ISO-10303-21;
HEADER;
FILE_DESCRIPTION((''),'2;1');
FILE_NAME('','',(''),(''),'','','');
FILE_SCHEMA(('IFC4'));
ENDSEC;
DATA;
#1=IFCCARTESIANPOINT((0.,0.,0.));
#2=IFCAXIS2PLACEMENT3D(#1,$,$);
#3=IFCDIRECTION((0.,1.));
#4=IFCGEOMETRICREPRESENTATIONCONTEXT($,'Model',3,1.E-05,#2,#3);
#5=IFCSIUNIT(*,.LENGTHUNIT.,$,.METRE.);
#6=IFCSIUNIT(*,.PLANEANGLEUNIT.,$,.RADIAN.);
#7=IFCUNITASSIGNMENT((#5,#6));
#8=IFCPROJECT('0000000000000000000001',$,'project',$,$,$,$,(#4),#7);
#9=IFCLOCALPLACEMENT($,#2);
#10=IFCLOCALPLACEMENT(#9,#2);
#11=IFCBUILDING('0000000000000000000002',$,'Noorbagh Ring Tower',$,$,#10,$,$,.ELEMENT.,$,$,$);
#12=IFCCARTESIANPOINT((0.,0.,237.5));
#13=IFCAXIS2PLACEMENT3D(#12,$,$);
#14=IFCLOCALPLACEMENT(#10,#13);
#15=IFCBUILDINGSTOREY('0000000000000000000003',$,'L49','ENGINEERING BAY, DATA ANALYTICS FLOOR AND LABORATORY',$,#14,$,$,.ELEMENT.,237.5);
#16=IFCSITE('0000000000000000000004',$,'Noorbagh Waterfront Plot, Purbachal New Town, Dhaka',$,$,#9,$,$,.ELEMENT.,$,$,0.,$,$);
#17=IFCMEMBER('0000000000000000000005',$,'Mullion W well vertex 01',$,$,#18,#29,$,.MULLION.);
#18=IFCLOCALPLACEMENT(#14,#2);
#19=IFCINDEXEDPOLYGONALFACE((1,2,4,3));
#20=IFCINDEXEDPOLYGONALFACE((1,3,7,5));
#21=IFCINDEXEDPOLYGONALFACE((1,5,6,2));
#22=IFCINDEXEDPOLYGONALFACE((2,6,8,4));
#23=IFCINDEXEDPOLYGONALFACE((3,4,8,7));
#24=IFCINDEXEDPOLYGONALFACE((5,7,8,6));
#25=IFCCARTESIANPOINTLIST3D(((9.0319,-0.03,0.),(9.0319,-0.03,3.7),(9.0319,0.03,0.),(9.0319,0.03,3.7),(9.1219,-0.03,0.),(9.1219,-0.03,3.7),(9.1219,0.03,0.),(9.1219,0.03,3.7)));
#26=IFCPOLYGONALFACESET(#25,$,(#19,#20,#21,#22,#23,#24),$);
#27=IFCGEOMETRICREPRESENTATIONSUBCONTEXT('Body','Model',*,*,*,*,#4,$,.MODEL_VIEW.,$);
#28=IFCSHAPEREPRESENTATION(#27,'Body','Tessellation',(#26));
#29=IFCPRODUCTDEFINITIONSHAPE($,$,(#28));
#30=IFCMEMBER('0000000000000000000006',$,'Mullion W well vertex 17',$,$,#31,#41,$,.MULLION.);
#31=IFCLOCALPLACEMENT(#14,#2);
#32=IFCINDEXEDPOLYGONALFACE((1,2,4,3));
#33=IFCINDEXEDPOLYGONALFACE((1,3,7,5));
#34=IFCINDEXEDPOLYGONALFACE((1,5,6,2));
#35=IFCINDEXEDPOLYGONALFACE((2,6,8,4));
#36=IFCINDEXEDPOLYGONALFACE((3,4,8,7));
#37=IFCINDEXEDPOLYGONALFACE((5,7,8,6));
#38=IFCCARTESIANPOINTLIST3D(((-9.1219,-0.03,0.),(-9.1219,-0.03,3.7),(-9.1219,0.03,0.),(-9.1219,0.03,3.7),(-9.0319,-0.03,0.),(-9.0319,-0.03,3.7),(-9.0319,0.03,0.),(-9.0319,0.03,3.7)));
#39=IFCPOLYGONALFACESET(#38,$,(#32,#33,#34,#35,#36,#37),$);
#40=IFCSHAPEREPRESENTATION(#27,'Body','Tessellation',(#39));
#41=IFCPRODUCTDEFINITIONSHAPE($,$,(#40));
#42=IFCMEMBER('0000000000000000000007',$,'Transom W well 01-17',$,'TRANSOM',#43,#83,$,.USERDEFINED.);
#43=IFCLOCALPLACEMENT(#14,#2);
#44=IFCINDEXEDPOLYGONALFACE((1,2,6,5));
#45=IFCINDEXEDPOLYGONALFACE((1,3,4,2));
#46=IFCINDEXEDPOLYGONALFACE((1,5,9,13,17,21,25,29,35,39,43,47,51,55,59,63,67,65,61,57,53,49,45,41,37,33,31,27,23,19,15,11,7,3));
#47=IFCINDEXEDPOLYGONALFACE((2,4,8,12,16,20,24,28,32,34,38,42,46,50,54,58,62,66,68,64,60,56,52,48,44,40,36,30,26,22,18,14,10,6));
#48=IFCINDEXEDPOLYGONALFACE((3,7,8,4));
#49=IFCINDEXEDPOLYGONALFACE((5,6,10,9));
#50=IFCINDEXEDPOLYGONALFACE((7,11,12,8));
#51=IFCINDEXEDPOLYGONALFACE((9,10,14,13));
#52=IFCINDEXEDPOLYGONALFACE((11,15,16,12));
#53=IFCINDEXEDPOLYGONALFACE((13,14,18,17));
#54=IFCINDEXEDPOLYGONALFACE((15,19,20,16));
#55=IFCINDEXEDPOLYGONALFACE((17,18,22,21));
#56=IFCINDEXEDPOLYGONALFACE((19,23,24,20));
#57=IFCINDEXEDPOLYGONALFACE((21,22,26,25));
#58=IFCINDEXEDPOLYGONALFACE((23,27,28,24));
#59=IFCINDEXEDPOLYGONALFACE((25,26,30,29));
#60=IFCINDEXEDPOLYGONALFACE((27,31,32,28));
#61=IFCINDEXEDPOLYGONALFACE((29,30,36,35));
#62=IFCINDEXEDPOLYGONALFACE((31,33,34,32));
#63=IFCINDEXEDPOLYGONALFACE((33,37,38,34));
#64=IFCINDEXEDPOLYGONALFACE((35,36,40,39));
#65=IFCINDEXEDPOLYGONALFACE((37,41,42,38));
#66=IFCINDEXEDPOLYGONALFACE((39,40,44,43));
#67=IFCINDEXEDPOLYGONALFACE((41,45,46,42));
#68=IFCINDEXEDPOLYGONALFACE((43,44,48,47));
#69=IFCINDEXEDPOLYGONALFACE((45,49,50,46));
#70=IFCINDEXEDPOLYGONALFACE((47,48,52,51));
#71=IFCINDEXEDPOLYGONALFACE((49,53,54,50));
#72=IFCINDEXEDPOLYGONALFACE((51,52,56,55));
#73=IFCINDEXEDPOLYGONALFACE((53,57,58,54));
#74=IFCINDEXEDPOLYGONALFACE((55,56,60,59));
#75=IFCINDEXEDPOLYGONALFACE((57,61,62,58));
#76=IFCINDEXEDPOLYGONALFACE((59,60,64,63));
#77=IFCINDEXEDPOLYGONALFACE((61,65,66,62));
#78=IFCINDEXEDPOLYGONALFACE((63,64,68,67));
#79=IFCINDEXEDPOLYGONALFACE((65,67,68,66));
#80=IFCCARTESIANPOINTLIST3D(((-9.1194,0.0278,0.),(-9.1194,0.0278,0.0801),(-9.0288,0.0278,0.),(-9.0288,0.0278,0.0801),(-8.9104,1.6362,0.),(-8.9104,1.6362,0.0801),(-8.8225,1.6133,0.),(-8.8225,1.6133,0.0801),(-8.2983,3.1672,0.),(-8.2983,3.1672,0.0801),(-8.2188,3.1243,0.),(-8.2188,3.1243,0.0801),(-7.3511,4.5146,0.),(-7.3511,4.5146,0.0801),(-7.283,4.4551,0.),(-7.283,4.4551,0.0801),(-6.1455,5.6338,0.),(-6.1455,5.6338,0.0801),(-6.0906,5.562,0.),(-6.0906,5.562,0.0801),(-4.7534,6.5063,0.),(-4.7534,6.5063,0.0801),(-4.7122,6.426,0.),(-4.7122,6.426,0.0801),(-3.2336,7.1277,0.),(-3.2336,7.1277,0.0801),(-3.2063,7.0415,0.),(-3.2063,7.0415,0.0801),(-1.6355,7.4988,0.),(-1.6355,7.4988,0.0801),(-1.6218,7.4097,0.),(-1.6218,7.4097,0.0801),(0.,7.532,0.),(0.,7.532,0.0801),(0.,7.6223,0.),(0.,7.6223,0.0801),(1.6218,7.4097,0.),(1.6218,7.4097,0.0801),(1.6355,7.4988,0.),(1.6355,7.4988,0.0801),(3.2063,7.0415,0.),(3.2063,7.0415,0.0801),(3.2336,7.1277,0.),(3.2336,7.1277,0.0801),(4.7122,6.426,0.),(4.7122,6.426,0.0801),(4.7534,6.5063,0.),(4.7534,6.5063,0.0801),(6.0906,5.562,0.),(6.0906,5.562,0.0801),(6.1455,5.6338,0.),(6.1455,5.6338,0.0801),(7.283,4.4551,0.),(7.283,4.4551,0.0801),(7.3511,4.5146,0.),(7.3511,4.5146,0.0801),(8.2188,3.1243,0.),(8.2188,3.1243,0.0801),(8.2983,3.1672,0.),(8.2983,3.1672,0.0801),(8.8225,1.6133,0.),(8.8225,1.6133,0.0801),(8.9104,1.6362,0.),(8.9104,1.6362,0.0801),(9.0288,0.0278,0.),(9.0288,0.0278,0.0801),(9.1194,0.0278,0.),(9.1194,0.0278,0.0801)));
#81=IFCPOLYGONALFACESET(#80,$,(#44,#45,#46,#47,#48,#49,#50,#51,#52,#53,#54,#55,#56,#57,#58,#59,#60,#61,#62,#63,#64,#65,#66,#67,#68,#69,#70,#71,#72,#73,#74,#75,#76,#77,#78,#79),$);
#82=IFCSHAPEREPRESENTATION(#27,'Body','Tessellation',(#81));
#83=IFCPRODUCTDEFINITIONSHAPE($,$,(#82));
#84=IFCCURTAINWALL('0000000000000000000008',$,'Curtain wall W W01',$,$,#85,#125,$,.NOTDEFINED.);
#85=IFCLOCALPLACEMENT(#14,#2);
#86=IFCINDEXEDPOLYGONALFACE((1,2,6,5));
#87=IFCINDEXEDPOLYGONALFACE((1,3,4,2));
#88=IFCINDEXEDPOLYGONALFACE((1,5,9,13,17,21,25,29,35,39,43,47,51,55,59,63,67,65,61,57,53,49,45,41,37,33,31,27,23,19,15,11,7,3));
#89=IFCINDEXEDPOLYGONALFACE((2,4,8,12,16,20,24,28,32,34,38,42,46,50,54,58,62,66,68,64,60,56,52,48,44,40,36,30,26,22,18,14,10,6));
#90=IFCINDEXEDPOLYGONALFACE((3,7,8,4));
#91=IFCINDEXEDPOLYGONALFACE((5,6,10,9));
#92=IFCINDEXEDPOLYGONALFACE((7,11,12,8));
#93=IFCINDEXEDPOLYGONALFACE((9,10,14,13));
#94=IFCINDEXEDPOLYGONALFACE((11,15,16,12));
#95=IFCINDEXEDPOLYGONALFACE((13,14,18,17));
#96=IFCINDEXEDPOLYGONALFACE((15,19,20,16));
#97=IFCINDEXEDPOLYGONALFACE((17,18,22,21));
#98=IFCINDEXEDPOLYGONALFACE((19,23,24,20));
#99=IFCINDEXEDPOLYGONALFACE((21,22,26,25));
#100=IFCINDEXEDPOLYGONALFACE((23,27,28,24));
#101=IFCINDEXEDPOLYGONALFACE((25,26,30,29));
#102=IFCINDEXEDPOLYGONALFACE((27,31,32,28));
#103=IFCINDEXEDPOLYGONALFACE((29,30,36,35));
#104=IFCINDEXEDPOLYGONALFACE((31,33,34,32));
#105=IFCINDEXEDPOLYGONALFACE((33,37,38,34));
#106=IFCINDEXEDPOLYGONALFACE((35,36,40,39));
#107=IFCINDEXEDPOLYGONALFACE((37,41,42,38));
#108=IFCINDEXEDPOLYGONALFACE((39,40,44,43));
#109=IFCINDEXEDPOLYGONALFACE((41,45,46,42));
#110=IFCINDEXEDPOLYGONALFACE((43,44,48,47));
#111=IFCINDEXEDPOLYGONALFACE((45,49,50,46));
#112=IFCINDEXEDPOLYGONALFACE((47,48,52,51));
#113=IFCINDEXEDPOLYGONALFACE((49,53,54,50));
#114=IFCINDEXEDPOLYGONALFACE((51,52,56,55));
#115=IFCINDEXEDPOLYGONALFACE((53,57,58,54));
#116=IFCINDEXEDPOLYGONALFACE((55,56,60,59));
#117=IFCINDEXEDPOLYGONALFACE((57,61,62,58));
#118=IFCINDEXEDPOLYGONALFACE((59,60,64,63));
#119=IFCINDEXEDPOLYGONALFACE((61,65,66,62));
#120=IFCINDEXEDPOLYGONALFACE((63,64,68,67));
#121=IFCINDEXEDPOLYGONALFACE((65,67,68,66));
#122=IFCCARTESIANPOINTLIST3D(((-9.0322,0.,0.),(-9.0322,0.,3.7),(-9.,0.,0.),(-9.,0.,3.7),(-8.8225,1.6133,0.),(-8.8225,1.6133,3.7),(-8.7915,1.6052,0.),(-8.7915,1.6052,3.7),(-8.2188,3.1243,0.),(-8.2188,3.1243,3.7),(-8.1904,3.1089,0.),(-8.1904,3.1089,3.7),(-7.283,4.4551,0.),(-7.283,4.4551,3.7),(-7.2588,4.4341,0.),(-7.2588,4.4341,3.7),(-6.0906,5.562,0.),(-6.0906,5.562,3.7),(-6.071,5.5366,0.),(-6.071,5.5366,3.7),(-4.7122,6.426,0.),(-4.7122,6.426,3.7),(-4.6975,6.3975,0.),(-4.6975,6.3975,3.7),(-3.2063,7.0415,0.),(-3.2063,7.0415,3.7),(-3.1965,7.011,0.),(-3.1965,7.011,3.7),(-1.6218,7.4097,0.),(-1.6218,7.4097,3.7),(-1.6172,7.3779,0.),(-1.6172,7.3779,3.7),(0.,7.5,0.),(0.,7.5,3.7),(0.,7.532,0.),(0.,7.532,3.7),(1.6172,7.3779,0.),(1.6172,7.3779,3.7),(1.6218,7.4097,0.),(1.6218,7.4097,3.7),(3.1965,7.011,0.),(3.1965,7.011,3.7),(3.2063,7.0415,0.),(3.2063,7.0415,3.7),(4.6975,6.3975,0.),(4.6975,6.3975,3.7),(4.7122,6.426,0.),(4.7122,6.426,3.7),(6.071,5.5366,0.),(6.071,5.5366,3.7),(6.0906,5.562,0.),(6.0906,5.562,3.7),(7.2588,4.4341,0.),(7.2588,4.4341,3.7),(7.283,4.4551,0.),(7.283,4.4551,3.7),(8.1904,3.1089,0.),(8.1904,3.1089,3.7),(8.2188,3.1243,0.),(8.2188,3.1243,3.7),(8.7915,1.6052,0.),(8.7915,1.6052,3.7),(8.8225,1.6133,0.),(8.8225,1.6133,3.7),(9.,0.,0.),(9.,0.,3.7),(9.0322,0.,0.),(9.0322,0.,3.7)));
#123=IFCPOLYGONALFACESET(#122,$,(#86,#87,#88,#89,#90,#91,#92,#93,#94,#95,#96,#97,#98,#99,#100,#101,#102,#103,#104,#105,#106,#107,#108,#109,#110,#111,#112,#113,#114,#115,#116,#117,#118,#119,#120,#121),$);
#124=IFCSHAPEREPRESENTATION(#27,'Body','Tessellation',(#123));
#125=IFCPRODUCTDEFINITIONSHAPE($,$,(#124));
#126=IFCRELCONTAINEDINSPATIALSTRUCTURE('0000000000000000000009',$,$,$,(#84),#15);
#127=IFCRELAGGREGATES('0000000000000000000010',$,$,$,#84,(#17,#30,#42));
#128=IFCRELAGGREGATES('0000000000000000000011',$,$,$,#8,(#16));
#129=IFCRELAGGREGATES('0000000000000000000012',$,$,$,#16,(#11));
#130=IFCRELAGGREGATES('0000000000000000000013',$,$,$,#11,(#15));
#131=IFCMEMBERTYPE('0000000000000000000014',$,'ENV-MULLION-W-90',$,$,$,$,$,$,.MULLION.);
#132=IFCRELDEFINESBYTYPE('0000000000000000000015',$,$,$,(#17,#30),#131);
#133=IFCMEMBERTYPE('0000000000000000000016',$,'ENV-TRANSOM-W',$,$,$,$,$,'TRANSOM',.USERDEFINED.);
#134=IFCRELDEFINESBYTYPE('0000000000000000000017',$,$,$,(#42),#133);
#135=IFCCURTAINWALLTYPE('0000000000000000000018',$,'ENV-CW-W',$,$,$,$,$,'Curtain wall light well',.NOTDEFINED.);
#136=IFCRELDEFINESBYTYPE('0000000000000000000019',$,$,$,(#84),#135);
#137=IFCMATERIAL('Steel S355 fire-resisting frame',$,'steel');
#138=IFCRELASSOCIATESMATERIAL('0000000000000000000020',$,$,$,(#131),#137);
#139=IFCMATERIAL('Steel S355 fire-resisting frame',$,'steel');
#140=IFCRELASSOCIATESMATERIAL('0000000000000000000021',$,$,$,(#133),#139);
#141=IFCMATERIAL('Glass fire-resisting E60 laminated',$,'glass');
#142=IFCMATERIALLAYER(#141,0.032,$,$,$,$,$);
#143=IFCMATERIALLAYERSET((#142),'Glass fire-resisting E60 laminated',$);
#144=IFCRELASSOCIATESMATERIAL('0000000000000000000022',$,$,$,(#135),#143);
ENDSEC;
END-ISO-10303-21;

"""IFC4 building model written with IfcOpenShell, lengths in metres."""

from ifc_helpers import new_model, si_unit, direction, frame, origin, origin_2d, place, context, subcontext, project, spatial, polyline, rectangle, outline, extrude, material, layer, layer_set, material_profile, profile_set, type_object, element, aggregate, save


model = new_model("IFC4")

# Units and contexts
model_context = context("Model", 3, precision=1e-05, world=origin(), true_north=direction((0.0, 1.0)))
body_context = subcontext(model_context, "Body", "Model", "MODEL_VIEW")
ifc_project = project(units=[si_unit("LENGTHUNIT", "METRE"), si_unit("PLANEANGLEUNIT", "RADIAN")], contexts=[model_context])

# Site, building, storey
site_placement = place(None, origin())
site = spatial("IfcSite", under=ifc_project, at=site_placement, Name="Noorbagh Waterfront Plot, Purbachal New Town, Dhaka", CompositionType="ELEMENT", RefElevation=0.0)
building_placement = place(site_placement, origin())
building = spatial("IfcBuilding", under=site, at=building_placement, Name="Noorbagh Ring Tower", CompositionType="ELEMENT")
storey_placement = place(building_placement, frame((0.0, 0.0, 237.5)))
storey = spatial("IfcBuildingStorey", under=building, at=storey_placement, Name="L49", Description="ENGINEERING BAY, DATA ANALYTICS FLOOR AND LABORATORY", CompositionType="ELEMENT", Elevation=237.5)

# Members
ifc_material_1 = material(Name="Steel S355 fire-resisting frame", Category="steel")
ifc_material_profile_1 = material_profile(ifc_material_1, rectangle(XDim=0.0901, YDim=0.0601, at=origin_2d()), Name="90x60")
ifc_profile_set_1 = profile_set([ifc_material_profile_1], Name="Steel S355 fire-resisting frame")
member_type_1 = type_object("IfcMemberType", Name="ENV-MULLION-W-90", PredefinedType="MULLION", material=ifc_profile_set_1)
member_1_placement = place(storey_placement, frame((9.0769, 0.0, 0.0), z_axis=(0.0, 0.0, 1.0), x_axis=(1.0, 0.0, 0.0)))
member_1 = element("IfcMember", 1, at=member_1_placement, type_object=member_type_1, Name="Mullion W well vertex 01", PredefinedType="MULLION", context=body_context, shape_type="SweptSolid", body=[
    extrude(rectangle(XDim=0.0901, YDim=0.0601, at=origin_2d()), origin(), (0.0, 0.0, 1.0), 3.7),
])
member_2_placement = place(storey_placement, frame((-9.0769, 0.0, 0.0), z_axis=(0.0, 0.0, 1.0), x_axis=(-1.0, 0.0, 0.0)))
member_2 = element("IfcMember", 2, at=member_2_placement, type_object=member_type_1, Name="Mullion W well vertex 17", PredefinedType="MULLION", context=body_context, shape_type="SweptSolid", body=[
    extrude(rectangle(XDim=0.0901, YDim=0.0601, at=origin_2d()), origin(), (0.0, 0.0, 1.0), 3.7),
])
ifc_material_2 = material(Name="Steel S355 fire-resisting frame", Category="steel")
member_type_2 = type_object("IfcMemberType", Name="ENV-TRANSOM-W", ElementType="TRANSOM", PredefinedType="USERDEFINED", material=ifc_material_2)
member_3_placement = place(storey_placement, origin())
member_3 = element("IfcMember", 3, at=member_3_placement, type_object=member_type_2, Name="Transom W well 01-17", ObjectType="TRANSOM", PredefinedType="USERDEFINED", context=body_context, shape_type="SweptSolid", body=[
    extrude(outline(polyline([(9.1194, 0.0278), (8.9104, 1.6362), (8.2983, 3.1672), (7.3511, 4.5146), (6.1455, 5.6338), (4.7534, 6.5063), (3.2336, 7.1277), (1.6355, 7.4988), (0.0, 7.6223), (-1.6355, 7.4988), (-3.2336, 7.1277), (-4.7534, 6.5063), (-6.1455, 5.6338), (-7.3511, 4.5146), (-8.2983, 3.1672), (-8.9104, 1.6362), (-9.1194, 0.0278), (-9.0288, 0.0278), (-8.8225, 1.6133), (-8.2188, 3.1243), (-7.283, 4.4551), (-6.0906, 5.562), (-4.7122, 6.426), (-3.2063, 7.0415), (-1.6218, 7.4097), (0.0, 7.532), (1.6218, 7.4097), (3.2063, 7.0415), (4.7122, 6.426), (6.0906, 5.562), (7.283, 4.4551), (8.2188, 3.1243), (8.8225, 1.6133), (9.0288, 0.0278), (9.1194, 0.0278)])), origin(), (0.0, 0.0, 1.0), 0.0801),
])

# Curtain wall
ifc_material_3 = material(Name="Glass fire-resisting E60 laminated", Category="glass")
ifc_layer_1 = layer(ifc_material_3, 0.032)
ifc_layer_set_1 = layer_set([ifc_layer_1], Name="Glass fire-resisting E60 laminated")
curtain_wall_type_1 = type_object("IfcCurtainWallType", Name="ENV-CW-W", ElementType="Curtain wall light well", PredefinedType="NOTDEFINED", material=ifc_layer_set_1)
curtain_wall_1_placement = place(storey_placement, origin())
curtain_wall_1 = element("IfcCurtainWall", 4, at=curtain_wall_1_placement, inside=storey, type_object=curtain_wall_type_1, Name="Curtain wall W W01", PredefinedType="NOTDEFINED", context=body_context, shape_type="SweptSolid", body=[
    extrude(outline(polyline([(9.0322, 0.0), (8.8225, 1.6133), (8.2188, 3.1243), (7.283, 4.4551), (6.0906, 5.562), (4.7122, 6.426), (3.2063, 7.0415), (1.6218, 7.4097), (0.0, 7.532), (-1.6218, 7.4097), (-3.2063, 7.0415), (-4.7122, 6.426), (-6.0906, 5.562), (-7.283, 4.4551), (-8.2188, 3.1243), (-8.8225, 1.6133), (-9.0322, 0.0), (-9.0, 0.0), (-8.7915, 1.6052), (-8.1904, 3.1089), (-7.2588, 4.4341), (-6.071, 5.5366), (-4.6975, 6.3975), (-3.1965, 7.011), (-1.6172, 7.3779), (0.0, 7.5), (1.6172, 7.3779), (3.1965, 7.011), (4.6975, 6.3975), (6.071, 5.5366), (7.2588, 4.4341), (8.1904, 3.1089), (8.7915, 1.6052), (9.0, 0.0), (9.0322, 0.0)])), origin(), (0.0, 0.0, 1.0), 3.7),
])
aggregate(curtain_wall_1, [member_1, member_2, member_3])

save(model, "model.ifc")
